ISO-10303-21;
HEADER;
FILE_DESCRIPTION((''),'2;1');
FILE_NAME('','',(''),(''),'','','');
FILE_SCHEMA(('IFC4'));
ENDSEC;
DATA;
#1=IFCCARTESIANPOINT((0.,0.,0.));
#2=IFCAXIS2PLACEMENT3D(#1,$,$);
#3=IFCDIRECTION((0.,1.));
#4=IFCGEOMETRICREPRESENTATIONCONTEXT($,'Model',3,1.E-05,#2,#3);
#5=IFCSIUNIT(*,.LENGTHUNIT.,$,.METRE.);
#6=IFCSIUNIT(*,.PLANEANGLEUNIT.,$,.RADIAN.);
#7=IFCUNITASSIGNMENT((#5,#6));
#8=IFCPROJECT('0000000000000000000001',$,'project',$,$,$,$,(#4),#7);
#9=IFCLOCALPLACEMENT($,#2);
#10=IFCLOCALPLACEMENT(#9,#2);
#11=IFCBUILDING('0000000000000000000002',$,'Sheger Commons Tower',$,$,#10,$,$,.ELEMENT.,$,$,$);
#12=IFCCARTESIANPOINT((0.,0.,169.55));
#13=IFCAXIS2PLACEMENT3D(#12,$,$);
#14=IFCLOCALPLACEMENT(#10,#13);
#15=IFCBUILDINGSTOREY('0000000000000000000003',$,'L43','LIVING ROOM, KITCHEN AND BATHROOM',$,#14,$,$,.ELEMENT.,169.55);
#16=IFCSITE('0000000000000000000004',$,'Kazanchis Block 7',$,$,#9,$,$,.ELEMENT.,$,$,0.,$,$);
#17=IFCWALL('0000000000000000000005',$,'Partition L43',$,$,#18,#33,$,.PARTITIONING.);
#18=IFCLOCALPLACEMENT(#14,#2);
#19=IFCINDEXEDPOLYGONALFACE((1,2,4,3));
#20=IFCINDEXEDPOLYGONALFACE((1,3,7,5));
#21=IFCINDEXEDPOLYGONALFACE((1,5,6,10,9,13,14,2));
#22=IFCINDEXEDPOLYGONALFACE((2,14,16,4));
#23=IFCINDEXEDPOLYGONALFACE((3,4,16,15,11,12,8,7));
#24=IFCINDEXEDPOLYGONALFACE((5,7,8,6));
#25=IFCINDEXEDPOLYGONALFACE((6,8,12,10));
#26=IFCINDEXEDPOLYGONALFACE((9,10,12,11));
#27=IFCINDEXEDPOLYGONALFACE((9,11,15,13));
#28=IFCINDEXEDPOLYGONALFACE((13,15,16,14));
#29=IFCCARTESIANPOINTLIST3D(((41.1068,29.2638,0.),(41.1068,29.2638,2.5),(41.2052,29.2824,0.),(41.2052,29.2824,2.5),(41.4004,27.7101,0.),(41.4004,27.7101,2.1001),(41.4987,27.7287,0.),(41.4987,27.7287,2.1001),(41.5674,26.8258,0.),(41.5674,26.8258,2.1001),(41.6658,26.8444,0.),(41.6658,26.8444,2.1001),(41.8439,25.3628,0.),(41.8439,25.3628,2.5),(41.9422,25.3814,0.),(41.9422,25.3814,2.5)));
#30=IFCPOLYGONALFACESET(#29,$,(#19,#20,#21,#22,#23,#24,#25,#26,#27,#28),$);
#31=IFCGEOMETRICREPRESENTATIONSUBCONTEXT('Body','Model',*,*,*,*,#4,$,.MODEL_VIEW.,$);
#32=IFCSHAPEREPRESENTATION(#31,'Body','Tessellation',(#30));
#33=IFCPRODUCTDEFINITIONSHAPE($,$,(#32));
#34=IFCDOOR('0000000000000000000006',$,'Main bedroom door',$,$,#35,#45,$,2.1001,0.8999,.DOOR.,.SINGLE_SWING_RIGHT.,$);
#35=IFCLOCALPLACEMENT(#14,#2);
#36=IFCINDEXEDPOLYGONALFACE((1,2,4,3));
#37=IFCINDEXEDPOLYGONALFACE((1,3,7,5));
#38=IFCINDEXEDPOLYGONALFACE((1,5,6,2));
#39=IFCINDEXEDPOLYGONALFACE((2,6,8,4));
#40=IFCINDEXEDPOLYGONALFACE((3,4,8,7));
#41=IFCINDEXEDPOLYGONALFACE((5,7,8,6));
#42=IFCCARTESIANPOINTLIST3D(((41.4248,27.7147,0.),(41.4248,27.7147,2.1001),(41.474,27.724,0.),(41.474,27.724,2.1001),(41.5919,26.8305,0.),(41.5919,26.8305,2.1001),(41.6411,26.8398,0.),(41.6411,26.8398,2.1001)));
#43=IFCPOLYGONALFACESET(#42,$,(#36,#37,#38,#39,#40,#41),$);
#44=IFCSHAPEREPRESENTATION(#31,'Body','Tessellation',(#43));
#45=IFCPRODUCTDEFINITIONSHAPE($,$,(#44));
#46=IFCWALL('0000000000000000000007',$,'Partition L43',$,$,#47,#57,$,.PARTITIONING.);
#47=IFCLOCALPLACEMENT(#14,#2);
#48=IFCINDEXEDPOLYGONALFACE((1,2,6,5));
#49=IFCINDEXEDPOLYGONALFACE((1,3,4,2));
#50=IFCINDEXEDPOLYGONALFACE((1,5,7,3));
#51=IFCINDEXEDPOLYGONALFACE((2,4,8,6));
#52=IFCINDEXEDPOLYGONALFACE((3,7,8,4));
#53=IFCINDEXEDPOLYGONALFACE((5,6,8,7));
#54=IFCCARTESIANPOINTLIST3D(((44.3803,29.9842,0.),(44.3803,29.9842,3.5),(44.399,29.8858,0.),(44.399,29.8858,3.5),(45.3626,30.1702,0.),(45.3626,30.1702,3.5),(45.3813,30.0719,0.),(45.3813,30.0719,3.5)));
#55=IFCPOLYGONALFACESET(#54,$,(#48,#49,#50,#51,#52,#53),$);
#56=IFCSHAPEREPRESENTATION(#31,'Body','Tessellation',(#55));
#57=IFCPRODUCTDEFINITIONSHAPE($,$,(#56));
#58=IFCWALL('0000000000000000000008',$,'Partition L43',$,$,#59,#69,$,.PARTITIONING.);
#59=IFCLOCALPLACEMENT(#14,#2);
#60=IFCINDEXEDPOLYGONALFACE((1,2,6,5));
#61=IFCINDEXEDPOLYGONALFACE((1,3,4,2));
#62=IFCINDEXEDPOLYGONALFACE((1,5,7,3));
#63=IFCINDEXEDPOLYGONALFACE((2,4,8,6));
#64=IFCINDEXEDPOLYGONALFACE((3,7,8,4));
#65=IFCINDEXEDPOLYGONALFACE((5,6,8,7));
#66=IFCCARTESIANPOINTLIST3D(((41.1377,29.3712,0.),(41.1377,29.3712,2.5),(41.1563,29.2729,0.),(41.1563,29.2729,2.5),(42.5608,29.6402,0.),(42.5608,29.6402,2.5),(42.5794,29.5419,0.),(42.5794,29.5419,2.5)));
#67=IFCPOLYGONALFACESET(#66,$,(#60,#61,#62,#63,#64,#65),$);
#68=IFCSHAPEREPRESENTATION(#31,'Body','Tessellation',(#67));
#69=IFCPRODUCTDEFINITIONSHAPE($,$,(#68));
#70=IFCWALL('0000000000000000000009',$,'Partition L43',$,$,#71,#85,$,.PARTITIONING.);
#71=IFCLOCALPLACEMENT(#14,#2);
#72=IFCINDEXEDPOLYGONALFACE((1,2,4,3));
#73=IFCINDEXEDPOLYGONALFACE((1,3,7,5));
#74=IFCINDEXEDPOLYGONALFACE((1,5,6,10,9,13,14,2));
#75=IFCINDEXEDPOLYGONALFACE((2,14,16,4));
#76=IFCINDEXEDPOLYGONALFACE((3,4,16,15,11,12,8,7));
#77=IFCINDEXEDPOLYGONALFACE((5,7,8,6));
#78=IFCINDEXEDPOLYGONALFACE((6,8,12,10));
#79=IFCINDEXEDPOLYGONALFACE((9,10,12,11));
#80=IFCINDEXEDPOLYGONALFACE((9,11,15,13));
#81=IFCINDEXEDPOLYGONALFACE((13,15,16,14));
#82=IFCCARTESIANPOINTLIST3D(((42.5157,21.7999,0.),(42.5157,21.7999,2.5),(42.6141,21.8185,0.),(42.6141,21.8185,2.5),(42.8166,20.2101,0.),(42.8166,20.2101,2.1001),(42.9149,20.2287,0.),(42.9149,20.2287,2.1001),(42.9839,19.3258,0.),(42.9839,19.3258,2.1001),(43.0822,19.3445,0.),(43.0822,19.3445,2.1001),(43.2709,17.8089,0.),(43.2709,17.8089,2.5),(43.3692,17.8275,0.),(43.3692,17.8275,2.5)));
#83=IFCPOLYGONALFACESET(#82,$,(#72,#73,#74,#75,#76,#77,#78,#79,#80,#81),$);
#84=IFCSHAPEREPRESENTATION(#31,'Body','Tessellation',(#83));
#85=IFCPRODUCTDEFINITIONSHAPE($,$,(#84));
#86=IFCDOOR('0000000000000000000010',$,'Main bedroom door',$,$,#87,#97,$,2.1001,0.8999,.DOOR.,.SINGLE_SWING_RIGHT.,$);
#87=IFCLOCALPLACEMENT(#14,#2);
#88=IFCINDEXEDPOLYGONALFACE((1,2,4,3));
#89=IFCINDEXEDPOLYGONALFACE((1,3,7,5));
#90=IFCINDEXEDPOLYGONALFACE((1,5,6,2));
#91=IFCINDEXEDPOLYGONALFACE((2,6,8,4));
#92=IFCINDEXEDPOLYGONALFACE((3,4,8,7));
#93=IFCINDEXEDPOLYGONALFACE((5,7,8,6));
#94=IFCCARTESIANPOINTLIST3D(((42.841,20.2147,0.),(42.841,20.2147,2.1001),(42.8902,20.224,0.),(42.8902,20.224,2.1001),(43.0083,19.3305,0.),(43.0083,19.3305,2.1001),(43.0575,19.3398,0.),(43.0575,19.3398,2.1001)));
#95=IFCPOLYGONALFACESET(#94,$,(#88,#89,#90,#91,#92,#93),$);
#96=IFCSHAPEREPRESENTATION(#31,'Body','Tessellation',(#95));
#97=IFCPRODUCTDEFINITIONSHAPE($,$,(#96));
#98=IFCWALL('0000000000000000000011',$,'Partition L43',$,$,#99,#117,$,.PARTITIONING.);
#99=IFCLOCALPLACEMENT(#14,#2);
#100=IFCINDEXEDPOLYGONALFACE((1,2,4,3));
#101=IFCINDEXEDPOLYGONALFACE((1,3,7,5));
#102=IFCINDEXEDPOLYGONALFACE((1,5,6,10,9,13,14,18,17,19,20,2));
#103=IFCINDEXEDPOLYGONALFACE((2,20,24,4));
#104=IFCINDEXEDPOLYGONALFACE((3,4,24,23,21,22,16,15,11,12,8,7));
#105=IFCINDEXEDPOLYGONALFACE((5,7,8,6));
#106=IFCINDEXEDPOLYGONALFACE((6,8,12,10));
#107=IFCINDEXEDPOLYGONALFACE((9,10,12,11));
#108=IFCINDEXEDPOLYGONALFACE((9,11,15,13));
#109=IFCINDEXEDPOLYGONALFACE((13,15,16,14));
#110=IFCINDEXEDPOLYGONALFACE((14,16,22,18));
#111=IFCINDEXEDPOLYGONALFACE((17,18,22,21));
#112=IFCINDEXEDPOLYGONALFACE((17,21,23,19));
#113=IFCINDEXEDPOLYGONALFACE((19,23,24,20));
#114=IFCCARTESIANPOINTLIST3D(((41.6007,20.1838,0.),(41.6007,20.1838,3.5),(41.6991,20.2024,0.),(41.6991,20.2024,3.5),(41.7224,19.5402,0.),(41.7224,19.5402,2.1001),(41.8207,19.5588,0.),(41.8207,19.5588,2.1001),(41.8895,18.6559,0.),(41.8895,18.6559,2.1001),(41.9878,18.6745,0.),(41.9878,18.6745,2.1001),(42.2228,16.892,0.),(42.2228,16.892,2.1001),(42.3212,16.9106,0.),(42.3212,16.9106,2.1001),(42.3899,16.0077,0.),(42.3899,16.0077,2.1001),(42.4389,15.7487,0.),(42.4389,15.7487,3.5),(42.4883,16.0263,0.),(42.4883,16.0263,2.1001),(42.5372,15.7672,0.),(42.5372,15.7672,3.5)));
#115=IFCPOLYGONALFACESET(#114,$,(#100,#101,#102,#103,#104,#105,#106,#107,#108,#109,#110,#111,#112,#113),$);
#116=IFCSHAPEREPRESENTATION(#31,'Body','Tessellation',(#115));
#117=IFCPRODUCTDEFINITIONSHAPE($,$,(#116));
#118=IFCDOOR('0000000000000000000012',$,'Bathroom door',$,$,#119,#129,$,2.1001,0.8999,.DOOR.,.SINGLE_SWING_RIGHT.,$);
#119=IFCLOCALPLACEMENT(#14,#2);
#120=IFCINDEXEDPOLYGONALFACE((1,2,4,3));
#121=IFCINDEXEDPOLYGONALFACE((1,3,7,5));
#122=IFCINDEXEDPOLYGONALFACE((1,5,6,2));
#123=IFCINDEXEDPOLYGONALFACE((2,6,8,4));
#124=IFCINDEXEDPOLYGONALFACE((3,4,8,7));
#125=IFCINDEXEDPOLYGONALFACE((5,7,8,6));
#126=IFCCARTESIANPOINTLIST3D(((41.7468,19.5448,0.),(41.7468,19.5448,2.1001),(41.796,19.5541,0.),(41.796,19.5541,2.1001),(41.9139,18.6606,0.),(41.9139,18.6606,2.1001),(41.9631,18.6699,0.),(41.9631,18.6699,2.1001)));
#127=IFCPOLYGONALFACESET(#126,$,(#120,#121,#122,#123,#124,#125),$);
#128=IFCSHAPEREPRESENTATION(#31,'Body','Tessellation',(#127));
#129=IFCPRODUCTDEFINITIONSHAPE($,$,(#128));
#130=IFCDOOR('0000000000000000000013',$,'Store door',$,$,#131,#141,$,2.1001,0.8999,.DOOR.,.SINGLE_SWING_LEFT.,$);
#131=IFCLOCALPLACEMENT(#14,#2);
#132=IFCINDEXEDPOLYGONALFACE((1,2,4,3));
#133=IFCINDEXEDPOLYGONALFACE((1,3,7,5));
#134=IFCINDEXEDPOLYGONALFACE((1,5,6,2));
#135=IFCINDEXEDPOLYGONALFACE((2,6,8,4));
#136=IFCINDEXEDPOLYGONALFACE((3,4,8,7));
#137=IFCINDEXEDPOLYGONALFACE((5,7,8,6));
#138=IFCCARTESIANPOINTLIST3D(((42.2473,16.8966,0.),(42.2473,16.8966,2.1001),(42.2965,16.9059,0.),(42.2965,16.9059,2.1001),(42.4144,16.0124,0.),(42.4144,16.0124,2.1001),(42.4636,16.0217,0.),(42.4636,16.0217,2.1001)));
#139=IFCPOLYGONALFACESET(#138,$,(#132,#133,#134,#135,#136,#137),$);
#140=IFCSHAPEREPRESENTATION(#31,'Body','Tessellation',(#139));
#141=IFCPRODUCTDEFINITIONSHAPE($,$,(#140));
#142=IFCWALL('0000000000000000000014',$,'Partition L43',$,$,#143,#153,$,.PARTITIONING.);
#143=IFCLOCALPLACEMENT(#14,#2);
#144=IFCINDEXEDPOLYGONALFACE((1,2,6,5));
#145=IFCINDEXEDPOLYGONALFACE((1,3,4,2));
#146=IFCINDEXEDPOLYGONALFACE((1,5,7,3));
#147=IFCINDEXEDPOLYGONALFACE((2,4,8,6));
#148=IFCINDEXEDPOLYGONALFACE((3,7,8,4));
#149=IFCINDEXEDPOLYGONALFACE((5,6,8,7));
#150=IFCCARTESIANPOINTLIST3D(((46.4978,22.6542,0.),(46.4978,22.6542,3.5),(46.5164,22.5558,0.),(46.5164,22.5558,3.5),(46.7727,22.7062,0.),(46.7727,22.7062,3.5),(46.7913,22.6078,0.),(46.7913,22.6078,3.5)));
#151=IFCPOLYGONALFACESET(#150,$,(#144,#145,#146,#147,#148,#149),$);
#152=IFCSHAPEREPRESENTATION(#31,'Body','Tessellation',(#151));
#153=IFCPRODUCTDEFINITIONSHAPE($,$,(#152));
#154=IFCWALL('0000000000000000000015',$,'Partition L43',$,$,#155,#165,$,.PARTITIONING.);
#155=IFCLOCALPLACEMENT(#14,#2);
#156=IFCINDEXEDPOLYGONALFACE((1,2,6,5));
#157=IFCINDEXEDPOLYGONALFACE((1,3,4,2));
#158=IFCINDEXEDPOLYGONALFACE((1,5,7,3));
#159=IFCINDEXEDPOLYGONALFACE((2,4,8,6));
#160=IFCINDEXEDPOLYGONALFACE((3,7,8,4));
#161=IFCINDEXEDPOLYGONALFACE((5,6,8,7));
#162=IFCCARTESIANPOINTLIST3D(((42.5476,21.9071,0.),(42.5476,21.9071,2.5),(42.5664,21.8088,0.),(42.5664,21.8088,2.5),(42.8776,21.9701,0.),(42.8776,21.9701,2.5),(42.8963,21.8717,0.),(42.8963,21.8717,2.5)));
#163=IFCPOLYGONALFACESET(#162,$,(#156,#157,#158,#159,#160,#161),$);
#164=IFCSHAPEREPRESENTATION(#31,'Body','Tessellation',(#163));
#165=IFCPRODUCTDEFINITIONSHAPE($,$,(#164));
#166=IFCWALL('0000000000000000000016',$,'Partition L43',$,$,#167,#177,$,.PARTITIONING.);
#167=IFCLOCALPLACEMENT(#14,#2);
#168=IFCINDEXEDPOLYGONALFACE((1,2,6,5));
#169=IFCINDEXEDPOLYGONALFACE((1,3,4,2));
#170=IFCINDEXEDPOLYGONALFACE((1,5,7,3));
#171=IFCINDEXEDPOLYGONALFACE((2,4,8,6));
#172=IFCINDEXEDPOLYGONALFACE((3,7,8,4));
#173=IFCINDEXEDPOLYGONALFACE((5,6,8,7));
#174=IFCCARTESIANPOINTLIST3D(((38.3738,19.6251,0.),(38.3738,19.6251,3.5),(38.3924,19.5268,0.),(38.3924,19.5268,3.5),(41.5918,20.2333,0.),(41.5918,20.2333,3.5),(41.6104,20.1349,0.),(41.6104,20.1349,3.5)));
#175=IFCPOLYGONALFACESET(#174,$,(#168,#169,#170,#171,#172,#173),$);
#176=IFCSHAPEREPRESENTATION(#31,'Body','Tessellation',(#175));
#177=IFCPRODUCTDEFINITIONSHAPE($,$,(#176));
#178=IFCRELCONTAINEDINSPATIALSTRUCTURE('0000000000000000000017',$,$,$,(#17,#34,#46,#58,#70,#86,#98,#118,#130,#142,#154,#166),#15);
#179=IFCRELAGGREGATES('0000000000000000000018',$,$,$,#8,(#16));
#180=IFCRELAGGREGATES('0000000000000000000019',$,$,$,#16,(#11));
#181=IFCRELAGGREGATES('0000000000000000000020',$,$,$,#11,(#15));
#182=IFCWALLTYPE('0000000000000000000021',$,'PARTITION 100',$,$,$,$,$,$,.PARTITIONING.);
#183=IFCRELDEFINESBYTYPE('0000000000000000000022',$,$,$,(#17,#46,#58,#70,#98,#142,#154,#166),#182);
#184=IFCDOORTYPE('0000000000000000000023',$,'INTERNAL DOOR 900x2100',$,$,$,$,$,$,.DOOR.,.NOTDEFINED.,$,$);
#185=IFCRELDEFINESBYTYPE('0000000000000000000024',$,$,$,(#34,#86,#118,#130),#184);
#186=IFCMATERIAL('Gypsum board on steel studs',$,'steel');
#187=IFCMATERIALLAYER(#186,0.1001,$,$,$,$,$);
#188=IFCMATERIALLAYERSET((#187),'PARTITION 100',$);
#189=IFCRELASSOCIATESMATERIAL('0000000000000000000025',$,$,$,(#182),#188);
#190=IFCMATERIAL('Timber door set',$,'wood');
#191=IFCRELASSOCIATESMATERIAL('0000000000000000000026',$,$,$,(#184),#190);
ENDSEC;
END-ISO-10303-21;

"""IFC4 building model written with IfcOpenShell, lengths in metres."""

from ifc_helpers import new_model, si_unit, direction, frame, frame_2d, origin, place, context, subcontext, project, spatial, rectangle, extrude, material, layer, layer_set, type_object, element, fill, save


model = new_model("IFC4")

# Units and contexts
model_context = context("Model", 3, precision=1e-05, world=origin(), true_north=direction((0.0, 1.0)))
body_context = subcontext(model_context, "Body", "Model", "MODEL_VIEW")
ifc_project = project(units=[si_unit("LENGTHUNIT", "METRE"), si_unit("PLANEANGLEUNIT", "RADIAN")], contexts=[model_context])

# Site, building, storey
site_placement = place(None, origin())
site = spatial("IfcSite", under=ifc_project, at=site_placement, Name="Kazanchis Block 7", CompositionType="ELEMENT", RefElevation=0.0)
building_placement = place(site_placement, origin())
building = spatial("IfcBuilding", under=site, at=building_placement, Name="Sheger Commons Tower", CompositionType="ELEMENT")
storey_placement = place(building_placement, frame((0.0, 0.0, 169.55)))
storey = spatial("IfcBuildingStorey", under=building, at=storey_placement, Name="L43", Description="LIVING ROOM, KITCHEN AND BATHROOM", CompositionType="ELEMENT", Elevation=169.55)

# Shared definitions
ifc_material_1 = material(Name="Gypsum board on steel studs", Category="steel")
ifc_layer_1 = layer(ifc_material_1, 0.1001)
ifc_layer_set_1 = layer_set([ifc_layer_1], Name="PARTITION 100")
wall_type_1 = type_object("IfcWallType", Name="PARTITION 100", PredefinedType="PARTITIONING", material=ifc_layer_set_1)

# Wall, opening, door
wall_1_placement = place(storey_placement, frame((41.156, 29.2729, 0.0), z_axis=(0.0, 0.0, 1.0), x_axis=(0.185662, -0.982614, 0.0)))
wall_1 = element("IfcWall", 1, at=wall_1_placement, inside=storey, type_object=wall_type_1, Name="Partition L43", PredefinedType="PARTITIONING", context=body_context, shape_type="SweptSolid", body=[
    extrude(rectangle(XDim=3.97, YDim=0.1001, at=frame_2d((1.9849, 0.0))), origin(), (0.0, 0.0, 1.0), 2.5),
])
opening_1_placement = place(wall_1_placement, frame((1.5811, 0.0, 0.0)))
opening_1 = element("IfcOpeningElement", 2, at=opening_1_placement, cuts=wall_1, PredefinedType="OPENING", context=body_context, shape_type="SweptSolid", body=[
    extrude(rectangle(XDim=0.8999, YDim=2.1001, at=frame_2d((0.45, 1.05))), frame((0.0, 0.0601, 0.0), z_axis=(0.0, -1.0, 0.0), x_axis=(1.0, 0.0, 0.0)), (0.0, 0.0, 1.0), 0.1201),
])
ifc_material_2 = material(Name="Timber door set", Category="wood")
door_type = type_object("IfcDoorType", Name="INTERNAL DOOR 900x2100", OperationType="NOTDEFINED", PredefinedType="DOOR", material=ifc_material_2)
door_1_placement = place(opening_1_placement, origin())
door_1 = element("IfcDoor", 3, at=door_1_placement, inside=storey, type_object=door_type, Name="Main bedroom door", OperationType="SINGLE_SWING_RIGHT", OverallHeight=2.1001, OverallWidth=0.8999, PredefinedType="DOOR", context=body_context, shape_type="SweptSolid", body=[
    extrude(rectangle(XDim=0.8999, YDim=2.1001, at=frame_2d((0.45, 1.05))), frame((0.0, 0.0249, 0.0), z_axis=(0.0, -1.0, 0.0), x_axis=(1.0, 0.0, 0.0)), (0.0, 0.0, 1.0), 0.05),
])
fill(opening_1, door_1)

# Walls
wall_2_placement = place(storey_placement, frame((45.3721, 30.1211, 0.0), z_axis=(0.0, 0.0, 1.0), x_axis=(-0.98253, -0.186102, 0.0)))
element("IfcWall", 4, at=wall_2_placement, inside=storey, type_object=wall_type_1, Name="Partition L43", PredefinedType="PARTITIONING", context=body_context, shape_type="SweptSolid", body=[
    extrude(rectangle(XDim=0.9998, YDim=0.1001, at=frame_2d((0.5, 0.0))), origin(), (0.0, 0.0, 1.0), 3.5),
])
wall_3_placement = place(storey_placement, frame((42.5701, 29.5911, 0.0), z_axis=(0.0, 0.0, 1.0), x_axis=(-0.982594, -0.185764, 0.0)))
element("IfcWall", 5, at=wall_3_placement, inside=storey, type_object=wall_type_1, Name="Partition L43", PredefinedType="PARTITIONING", context=body_context, shape_type="SweptSolid", body=[
    extrude(rectangle(XDim=1.4482, YDim=0.1001, at=frame_2d((0.7241, 0.0))), origin(), (0.0, 0.0, 1.0), 2.5),
])

# Wall, opening, door
wall_4_placement = place(storey_placement, frame((42.5649, 21.8091, 0.0), z_axis=(0.0, 0.0, 1.0), x_axis=(0.18591, -0.982567, 0.0)))
wall_4 = element("IfcWall", 6, at=wall_4_placement, inside=storey, type_object=wall_type_1, Name="Partition L43", PredefinedType="PARTITIONING", context=body_context, shape_type="SweptSolid", body=[
    extrude(rectangle(XDim=4.0618, YDim=0.1001, at=frame_2d((2.0308, 0.0))), origin(), (0.0, 0.0, 1.0), 2.5),
])
opening_2_placement = place(wall_4_placement, frame((1.6179, 0.0, 0.0)))
opening_2 = element("IfcOpeningElement", 7, at=opening_2_placement, cuts=wall_4, PredefinedType="OPENING", context=body_context, shape_type="SweptSolid", body=[
    extrude(rectangle(XDim=0.8999, YDim=2.1001, at=frame_2d((0.45, 1.05))), frame((0.0, 0.0601, 0.0), z_axis=(0.0, -1.0, 0.0), x_axis=(1.0, 0.0, 0.0)), (0.0, 0.0, 1.0), 0.1201),
])
door_2_placement = place(opening_2_placement, origin())
door_2 = element("IfcDoor", 8, at=door_2_placement, inside=storey, type_object=door_type, Name="Main bedroom door", OperationType="SINGLE_SWING_RIGHT", OverallHeight=2.1001, OverallWidth=0.8999, PredefinedType="DOOR", context=body_context, shape_type="SweptSolid", body=[
    extrude(rectangle(XDim=0.8999, YDim=2.1001, at=frame_2d((0.45, 1.05))), frame((0.0, 0.0249, 0.0), z_axis=(0.0, -1.0, 0.0), x_axis=(1.0, 0.0, 0.0)), (0.0, 0.0, 1.0), 0.05),
])
fill(opening_2, door_2)

# Wall, openings, doors
wall_5_placement = place(storey_placement, frame((41.6499, 20.1931, 0.0), z_axis=(0.0, 0.0, 1.0), x_axis=(0.185693, -0.982608, 0.0)))
wall_5 = element("IfcWall", 9, at=wall_5_placement, inside=storey, type_object=wall_type_1, Name="Partition L43", PredefinedType="PARTITIONING", context=body_context, shape_type="SweptSolid", body=[
    extrude(rectangle(XDim=4.5137, YDim=0.1001, at=frame_2d((2.2568, 0.0))), origin(), (0.0, 0.0, 1.0), 3.5),
])
opening_3_placement = place(wall_5_placement, frame((0.655, 0.0, 0.0)))
opening_3 = element("IfcOpeningElement", 10, at=opening_3_placement, cuts=wall_5, PredefinedType="OPENING", context=body_context, shape_type="SweptSolid", body=[
    extrude(rectangle(XDim=0.8999, YDim=2.1001, at=frame_2d((0.45, 1.05))), frame((0.0, 0.0601, 0.0), z_axis=(0.0, -1.0, 0.0), x_axis=(1.0, 0.0, 0.0)), (0.0, 0.0, 1.0), 0.1201),
])
opening_4_placement = place(wall_5_placement, frame((3.3501, 0.0, 0.0)))
opening_4 = element("IfcOpeningElement", 11, at=opening_4_placement, cuts=wall_5, PredefinedType="OPENING", context=body_context, shape_type="SweptSolid", body=[
    extrude(rectangle(XDim=0.8999, YDim=2.1001, at=frame_2d((0.45, 1.05))), frame((0.0, 0.0601, 0.0), z_axis=(0.0, -1.0, 0.0), x_axis=(1.0, 0.0, 0.0)), (0.0, 0.0, 1.0), 0.1201),
])
door_3_placement = place(opening_3_placement, origin())
door_3 = element("IfcDoor", 12, at=door_3_placement, inside=storey, type_object=door_type, Name="Bathroom door", OperationType="SINGLE_SWING_RIGHT", OverallHeight=2.1001, OverallWidth=0.8999, PredefinedType="DOOR", context=body_context, shape_type="SweptSolid", body=[
    extrude(rectangle(XDim=0.8999, YDim=2.1001, at=frame_2d((0.45, 1.05))), frame((0.0, 0.0249, 0.0), z_axis=(0.0, -1.0, 0.0), x_axis=(1.0, 0.0, 0.0)), (0.0, 0.0, 1.0), 0.05),
])
fill(opening_3, door_3)
door_4_placement = place(opening_4_placement, origin())
door_4 = element("IfcDoor", 13, at=door_4_placement, inside=storey, type_object=door_type, Name="Store door", OperationType="SINGLE_SWING_LEFT", OverallHeight=2.1001, OverallWidth=0.8999, PredefinedType="DOOR", context=body_context, shape_type="SweptSolid", body=[
    extrude(rectangle(XDim=0.8999, YDim=2.1001, at=frame_2d((0.45, 1.05))), frame((0.0, 0.0249, 0.0), z_axis=(0.0, -1.0, 0.0), x_axis=(1.0, 0.0, 0.0)), (0.0, 0.0, 1.0), 0.05),
])
fill(opening_4, door_4)

# Walls
wall_6_placement = place(storey_placement, frame((46.782, 22.657, 0.0), z_axis=(0.0, 0.0, 1.0), x_axis=(-0.982575, -0.185869, 0.0)))
element("IfcWall", 14, at=wall_6_placement, inside=storey, type_object=wall_type_1, Name="Partition L43", PredefinedType="PARTITIONING", context=body_context, shape_type="SweptSolid", body=[
    extrude(rectangle(XDim=0.2798, YDim=0.1001, at=frame_2d((0.1399, 0.0))), origin(), (0.0, 0.0, 1.0), 3.5),
])
wall_7_placement = place(storey_placement, frame((42.887, 21.9209, 0.0), z_axis=(0.0, 0.0, 1.0), x_axis=(-0.982275, -0.187446, 0.0)))
element("IfcWall", 15, at=wall_7_placement, inside=storey, type_object=wall_type_1, Name="Partition L43", PredefinedType="PARTITIONING", context=body_context, shape_type="SweptSolid", body=[
    extrude(rectangle(XDim=0.3359, YDim=0.1001, at=frame_2d((0.168, 0.0))), origin(), (0.0, 0.0, 1.0), 2.5),
])
wall_8_placement = place(storey_placement, frame((41.6011, 20.1841, 0.0), z_axis=(0.0, 0.0, 1.0), x_axis=(-0.982607, -0.185697, 0.0)))
element("IfcWall", 16, at=wall_8_placement, inside=storey, type_object=wall_type_1, Name="Partition L43", PredefinedType="PARTITIONING", context=body_context, shape_type="SweptSolid", body=[
    extrude(rectangle(XDim=3.2749, YDim=0.1001, at=frame_2d((1.6375, 0.0))), origin(), (0.0, 0.0, 1.0), 3.5),
])

save(model, "model.ifc")
